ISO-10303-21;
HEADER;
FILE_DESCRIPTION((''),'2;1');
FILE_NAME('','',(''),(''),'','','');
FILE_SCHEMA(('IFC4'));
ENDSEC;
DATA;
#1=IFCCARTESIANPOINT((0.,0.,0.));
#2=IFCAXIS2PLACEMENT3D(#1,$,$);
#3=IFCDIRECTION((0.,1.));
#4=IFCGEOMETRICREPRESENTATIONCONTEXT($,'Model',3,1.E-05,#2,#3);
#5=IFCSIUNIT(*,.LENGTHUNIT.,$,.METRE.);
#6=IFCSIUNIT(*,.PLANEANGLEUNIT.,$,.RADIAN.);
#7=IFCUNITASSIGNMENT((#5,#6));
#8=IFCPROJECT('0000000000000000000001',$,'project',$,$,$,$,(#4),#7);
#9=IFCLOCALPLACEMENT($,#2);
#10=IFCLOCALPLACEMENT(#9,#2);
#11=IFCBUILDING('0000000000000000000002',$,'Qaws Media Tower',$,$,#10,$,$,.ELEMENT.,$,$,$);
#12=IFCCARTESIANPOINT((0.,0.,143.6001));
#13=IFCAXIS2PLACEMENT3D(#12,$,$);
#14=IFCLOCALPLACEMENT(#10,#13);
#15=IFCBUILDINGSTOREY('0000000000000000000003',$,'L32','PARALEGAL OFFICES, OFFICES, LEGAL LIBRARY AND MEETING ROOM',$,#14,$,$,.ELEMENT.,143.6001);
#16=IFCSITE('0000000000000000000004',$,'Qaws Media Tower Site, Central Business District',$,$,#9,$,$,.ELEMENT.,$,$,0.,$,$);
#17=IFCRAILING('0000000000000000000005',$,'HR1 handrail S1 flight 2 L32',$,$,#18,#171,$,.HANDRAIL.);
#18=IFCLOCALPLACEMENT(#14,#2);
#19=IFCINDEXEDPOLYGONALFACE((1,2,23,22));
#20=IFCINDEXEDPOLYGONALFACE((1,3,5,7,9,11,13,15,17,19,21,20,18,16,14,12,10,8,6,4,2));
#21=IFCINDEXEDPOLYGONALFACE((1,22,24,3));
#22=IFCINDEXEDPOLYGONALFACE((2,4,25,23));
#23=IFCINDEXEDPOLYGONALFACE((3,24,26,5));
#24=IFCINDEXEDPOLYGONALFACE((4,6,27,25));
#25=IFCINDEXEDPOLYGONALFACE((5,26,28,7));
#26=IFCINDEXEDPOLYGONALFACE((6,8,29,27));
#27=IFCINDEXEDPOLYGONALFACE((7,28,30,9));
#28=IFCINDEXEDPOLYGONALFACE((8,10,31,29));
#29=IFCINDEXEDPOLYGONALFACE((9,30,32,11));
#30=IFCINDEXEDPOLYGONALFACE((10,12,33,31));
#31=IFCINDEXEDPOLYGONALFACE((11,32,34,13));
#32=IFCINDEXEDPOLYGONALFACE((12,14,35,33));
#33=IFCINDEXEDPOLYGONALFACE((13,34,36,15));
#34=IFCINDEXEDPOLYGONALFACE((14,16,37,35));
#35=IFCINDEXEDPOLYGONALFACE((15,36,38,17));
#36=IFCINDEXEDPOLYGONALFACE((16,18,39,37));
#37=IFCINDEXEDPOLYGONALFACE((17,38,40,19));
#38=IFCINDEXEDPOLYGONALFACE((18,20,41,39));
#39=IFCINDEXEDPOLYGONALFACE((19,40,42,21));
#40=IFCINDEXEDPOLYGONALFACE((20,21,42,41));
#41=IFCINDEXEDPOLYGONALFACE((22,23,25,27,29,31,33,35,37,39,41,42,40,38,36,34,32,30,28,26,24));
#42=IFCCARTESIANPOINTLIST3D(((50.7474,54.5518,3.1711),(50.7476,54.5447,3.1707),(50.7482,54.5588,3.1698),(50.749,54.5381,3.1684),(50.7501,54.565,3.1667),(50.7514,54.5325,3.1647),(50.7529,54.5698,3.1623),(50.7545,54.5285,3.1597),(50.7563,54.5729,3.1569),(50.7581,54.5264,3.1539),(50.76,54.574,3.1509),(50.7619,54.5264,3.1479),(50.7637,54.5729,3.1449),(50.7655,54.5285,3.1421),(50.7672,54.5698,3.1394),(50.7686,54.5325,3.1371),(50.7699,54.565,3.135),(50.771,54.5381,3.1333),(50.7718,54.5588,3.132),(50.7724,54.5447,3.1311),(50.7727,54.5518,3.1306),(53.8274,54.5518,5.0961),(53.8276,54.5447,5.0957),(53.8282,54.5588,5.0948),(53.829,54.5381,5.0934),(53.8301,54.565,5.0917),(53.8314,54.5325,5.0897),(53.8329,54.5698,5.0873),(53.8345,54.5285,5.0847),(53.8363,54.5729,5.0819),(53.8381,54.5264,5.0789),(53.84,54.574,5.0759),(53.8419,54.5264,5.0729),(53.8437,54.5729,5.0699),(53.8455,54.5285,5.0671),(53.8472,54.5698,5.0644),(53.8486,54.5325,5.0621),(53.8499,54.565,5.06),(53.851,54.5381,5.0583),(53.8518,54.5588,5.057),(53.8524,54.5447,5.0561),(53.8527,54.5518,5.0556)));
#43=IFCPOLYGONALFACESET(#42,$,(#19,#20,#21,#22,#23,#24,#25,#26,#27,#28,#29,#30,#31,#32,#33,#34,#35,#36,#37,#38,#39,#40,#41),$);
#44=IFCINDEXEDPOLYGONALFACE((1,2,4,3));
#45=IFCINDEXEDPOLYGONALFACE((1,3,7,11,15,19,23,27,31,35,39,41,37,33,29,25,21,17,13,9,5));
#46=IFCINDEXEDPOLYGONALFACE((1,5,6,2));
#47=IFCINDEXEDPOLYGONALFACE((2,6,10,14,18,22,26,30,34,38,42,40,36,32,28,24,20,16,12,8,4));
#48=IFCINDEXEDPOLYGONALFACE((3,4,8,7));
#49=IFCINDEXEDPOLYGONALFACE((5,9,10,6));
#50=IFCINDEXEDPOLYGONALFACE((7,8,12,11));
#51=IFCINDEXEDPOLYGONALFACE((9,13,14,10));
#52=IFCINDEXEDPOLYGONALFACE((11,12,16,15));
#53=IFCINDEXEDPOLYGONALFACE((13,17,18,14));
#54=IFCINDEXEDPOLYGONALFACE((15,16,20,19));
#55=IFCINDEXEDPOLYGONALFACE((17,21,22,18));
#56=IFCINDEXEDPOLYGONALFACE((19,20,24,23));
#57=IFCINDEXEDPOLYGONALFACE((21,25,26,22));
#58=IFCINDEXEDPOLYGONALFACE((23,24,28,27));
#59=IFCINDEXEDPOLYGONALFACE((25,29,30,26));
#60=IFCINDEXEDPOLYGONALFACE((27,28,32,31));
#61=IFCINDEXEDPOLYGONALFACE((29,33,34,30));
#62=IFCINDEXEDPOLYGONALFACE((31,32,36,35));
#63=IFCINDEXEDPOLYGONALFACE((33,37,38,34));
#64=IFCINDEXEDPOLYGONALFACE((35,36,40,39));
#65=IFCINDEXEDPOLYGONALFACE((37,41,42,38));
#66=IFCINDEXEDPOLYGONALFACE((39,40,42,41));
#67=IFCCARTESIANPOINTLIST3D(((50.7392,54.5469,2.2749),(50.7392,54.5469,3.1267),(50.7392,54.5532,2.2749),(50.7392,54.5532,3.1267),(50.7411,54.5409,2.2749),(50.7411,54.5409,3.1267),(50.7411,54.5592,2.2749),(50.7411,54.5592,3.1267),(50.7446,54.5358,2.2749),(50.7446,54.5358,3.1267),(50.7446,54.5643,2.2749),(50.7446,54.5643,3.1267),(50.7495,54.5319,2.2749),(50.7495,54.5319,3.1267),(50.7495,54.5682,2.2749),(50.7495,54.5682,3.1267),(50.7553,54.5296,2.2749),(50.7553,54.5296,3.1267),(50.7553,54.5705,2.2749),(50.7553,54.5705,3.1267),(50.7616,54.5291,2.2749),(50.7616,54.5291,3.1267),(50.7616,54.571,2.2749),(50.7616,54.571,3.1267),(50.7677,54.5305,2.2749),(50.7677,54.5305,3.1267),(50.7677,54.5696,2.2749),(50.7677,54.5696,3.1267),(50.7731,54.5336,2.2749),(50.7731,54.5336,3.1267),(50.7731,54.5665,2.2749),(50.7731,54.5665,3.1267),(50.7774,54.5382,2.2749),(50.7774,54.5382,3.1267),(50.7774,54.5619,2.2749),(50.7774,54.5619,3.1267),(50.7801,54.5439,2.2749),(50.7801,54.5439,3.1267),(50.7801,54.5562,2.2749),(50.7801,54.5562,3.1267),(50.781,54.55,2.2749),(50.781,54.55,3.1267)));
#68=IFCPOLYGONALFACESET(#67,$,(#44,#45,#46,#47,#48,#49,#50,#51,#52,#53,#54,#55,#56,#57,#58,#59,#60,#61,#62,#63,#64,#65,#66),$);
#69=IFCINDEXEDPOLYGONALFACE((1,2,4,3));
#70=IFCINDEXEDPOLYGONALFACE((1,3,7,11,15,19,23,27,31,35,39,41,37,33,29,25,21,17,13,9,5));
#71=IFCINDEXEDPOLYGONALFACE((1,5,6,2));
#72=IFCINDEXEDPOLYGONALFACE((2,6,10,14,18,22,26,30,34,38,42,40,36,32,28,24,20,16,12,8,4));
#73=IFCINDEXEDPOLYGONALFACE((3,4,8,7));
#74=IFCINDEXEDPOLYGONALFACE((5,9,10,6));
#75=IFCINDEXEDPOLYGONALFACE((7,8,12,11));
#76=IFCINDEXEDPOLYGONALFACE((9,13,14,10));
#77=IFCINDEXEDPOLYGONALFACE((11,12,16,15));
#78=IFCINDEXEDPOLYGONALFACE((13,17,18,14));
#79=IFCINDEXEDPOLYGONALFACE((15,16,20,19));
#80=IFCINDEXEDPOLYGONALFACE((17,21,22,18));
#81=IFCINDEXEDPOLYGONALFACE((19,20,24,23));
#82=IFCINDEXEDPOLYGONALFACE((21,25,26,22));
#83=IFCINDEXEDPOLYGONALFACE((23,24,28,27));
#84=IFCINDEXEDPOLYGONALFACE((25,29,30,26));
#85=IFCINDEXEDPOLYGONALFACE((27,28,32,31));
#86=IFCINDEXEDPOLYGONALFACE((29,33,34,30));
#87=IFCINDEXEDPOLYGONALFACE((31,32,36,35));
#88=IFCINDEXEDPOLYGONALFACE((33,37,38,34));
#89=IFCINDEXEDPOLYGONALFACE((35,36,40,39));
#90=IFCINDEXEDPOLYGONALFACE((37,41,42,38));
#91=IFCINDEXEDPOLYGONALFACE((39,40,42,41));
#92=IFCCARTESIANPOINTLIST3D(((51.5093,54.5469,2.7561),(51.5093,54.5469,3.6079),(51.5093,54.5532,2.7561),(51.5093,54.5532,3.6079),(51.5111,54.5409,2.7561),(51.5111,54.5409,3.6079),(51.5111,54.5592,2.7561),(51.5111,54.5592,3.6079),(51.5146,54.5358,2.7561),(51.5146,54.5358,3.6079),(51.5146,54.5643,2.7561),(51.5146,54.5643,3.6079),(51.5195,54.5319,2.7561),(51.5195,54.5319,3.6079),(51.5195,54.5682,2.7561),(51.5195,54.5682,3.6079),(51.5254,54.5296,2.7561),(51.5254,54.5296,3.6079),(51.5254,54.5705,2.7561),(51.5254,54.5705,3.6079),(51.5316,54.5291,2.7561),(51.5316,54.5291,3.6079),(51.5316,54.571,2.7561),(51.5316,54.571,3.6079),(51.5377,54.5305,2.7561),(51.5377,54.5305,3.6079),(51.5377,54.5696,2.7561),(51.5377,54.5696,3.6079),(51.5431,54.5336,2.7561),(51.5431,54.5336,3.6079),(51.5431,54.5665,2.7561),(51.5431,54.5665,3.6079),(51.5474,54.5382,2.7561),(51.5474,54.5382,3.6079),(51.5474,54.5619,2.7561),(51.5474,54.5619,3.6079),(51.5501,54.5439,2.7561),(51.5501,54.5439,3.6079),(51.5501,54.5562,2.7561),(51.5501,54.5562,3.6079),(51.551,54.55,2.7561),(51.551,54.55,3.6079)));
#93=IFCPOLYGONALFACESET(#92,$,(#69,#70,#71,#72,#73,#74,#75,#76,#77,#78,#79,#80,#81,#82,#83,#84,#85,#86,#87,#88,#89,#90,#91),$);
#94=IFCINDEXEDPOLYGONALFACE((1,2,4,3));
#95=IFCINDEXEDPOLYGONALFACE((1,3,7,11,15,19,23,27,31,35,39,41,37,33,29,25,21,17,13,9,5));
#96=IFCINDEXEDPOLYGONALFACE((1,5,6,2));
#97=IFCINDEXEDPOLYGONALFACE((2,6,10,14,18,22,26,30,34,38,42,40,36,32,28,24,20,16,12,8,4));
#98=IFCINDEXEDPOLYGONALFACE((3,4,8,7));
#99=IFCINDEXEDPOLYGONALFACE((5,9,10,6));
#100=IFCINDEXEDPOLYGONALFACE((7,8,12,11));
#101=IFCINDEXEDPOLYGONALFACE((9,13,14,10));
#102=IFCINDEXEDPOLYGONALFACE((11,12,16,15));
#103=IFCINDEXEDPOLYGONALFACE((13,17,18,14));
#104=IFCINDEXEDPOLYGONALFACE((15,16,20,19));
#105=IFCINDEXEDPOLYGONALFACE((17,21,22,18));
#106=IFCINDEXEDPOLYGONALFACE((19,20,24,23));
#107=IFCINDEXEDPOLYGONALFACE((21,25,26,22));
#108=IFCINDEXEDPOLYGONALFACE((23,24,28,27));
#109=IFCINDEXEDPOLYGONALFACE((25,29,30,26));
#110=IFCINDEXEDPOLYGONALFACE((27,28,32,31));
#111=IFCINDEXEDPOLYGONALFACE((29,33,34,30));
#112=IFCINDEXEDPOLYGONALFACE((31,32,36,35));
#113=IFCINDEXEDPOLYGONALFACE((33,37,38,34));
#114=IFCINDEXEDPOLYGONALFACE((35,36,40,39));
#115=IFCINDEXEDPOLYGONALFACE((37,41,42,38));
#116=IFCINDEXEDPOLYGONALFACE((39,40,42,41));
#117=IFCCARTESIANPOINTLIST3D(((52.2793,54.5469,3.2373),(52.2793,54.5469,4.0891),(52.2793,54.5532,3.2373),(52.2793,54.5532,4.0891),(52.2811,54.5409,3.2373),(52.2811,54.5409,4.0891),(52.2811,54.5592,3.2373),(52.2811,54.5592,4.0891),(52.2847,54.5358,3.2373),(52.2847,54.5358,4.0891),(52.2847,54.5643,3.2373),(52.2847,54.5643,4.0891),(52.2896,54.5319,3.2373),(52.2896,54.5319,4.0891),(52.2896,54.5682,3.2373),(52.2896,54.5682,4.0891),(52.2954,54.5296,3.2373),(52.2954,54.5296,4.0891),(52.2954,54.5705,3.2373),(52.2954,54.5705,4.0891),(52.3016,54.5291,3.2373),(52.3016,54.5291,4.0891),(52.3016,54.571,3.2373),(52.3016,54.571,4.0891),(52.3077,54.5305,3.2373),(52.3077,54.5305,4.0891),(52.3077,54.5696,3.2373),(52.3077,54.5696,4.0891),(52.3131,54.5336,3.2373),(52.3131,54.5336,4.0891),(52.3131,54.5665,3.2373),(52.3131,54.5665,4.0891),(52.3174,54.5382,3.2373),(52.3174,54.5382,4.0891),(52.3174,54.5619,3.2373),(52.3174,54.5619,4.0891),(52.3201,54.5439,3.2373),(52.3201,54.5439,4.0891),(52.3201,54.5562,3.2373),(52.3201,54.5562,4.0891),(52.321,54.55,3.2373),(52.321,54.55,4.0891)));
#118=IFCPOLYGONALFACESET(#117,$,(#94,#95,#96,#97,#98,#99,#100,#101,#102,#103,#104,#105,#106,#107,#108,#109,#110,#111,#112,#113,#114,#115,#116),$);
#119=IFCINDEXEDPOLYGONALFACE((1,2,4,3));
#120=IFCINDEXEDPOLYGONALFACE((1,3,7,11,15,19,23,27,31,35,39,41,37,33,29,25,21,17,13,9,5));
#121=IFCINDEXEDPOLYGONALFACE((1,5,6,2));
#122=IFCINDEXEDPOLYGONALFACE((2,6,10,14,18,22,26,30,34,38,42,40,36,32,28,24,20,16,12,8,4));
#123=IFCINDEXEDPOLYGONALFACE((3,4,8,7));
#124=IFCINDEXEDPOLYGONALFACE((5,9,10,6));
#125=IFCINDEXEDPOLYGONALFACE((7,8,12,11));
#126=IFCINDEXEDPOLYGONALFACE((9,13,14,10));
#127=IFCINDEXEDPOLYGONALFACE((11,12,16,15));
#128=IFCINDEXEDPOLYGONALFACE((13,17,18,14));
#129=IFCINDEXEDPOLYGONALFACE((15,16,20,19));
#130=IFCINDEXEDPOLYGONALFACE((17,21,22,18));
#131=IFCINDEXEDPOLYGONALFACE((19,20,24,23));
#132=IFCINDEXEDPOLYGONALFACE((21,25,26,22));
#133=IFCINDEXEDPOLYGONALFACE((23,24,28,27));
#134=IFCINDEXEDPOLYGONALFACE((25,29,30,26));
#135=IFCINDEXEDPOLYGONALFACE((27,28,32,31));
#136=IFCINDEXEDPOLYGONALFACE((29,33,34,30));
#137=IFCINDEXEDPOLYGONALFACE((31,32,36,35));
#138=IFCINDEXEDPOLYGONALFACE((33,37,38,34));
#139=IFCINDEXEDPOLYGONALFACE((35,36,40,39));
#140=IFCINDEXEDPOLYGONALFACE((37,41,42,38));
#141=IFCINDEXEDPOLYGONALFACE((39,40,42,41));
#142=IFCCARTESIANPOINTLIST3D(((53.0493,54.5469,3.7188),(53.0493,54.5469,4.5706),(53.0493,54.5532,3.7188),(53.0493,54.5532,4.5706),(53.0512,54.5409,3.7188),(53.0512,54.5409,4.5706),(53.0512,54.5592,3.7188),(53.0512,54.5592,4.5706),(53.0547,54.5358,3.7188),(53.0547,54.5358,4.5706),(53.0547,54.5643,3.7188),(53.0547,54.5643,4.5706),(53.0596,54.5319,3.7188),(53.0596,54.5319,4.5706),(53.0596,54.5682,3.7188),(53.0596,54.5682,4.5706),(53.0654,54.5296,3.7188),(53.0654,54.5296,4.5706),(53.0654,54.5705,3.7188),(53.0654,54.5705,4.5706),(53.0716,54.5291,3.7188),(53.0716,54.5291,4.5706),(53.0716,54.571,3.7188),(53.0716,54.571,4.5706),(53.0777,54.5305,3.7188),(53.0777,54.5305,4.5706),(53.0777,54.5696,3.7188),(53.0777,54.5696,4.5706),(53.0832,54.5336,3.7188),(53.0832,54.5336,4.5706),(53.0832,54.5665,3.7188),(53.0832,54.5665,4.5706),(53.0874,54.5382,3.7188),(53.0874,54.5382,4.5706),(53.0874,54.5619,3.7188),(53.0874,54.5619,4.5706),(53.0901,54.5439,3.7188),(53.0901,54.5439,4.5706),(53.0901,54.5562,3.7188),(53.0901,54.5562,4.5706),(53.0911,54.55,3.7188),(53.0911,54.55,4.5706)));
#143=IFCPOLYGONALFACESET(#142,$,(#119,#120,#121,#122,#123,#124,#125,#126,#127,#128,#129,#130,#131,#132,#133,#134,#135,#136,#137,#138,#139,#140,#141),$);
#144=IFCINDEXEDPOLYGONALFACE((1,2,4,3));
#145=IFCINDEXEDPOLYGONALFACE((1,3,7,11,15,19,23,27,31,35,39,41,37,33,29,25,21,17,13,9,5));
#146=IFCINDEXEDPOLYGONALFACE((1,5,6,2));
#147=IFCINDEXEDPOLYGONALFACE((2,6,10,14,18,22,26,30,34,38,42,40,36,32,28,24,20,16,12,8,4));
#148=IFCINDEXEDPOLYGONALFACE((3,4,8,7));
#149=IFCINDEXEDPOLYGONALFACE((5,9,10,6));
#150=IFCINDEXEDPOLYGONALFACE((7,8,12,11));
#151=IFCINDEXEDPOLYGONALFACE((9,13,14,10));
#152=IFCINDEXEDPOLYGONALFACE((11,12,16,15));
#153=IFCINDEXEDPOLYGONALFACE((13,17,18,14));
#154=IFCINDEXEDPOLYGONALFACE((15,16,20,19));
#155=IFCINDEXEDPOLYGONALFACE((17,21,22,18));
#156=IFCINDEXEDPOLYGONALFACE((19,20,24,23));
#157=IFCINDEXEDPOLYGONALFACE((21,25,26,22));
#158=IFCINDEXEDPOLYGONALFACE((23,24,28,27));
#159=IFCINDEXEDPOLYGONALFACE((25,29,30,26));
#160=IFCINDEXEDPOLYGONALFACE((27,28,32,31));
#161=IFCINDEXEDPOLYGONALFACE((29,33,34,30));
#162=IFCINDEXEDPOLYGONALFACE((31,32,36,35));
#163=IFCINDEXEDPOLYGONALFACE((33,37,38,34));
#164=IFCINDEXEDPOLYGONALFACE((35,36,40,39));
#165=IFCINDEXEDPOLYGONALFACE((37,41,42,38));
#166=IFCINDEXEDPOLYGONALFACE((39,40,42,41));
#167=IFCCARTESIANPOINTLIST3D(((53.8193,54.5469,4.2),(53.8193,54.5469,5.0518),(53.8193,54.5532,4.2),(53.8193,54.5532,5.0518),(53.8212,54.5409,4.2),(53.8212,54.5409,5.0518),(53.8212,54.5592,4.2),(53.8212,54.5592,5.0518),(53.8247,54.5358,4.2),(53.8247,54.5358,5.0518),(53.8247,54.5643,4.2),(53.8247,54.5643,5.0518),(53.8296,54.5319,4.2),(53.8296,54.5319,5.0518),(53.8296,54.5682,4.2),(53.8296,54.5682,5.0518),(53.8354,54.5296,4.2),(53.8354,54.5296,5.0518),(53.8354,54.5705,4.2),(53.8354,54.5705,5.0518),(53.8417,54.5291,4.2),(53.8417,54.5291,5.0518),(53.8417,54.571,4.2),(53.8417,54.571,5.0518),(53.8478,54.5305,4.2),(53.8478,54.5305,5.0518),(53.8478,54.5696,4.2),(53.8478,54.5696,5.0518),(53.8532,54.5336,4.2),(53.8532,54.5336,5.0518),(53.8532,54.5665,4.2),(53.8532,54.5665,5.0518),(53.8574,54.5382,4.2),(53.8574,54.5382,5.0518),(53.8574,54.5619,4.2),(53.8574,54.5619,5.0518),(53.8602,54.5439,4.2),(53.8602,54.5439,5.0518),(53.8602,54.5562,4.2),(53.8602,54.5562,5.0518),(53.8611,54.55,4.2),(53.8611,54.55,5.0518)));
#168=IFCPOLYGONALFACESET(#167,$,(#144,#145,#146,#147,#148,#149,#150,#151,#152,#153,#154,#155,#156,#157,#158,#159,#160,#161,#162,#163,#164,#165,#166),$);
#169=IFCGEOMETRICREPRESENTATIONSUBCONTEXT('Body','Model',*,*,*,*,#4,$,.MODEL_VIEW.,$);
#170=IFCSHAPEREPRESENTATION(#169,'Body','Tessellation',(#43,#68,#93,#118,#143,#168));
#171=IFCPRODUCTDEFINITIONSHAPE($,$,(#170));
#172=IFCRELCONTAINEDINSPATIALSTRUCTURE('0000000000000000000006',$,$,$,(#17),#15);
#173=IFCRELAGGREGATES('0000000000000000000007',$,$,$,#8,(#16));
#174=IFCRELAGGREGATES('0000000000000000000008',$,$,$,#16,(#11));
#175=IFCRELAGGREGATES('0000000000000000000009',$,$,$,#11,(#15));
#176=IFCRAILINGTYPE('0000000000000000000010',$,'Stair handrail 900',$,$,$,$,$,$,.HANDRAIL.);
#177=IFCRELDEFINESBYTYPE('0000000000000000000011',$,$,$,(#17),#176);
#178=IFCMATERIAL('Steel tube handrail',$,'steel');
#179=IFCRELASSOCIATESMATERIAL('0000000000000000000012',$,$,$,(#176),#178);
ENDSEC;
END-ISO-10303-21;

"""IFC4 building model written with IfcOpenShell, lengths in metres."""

from ifc_helpers import new_model, si_unit, direction, frame, origin, origin_2d, place, context, subcontext, project, spatial, circle, extrude, material, type_object, element, save


model = new_model("IFC4")

# Units and contexts
model_context = context("Model", 3, precision=1e-05, world=origin(), true_north=direction((0.0, 1.0)))
body_context = subcontext(model_context, "Body", "Model", "MODEL_VIEW")
ifc_project = project(units=[si_unit("LENGTHUNIT", "METRE"), si_unit("PLANEANGLEUNIT", "RADIAN")], contexts=[model_context])

# Site, building, storey
site_placement = place(None, origin())
site = spatial("IfcSite", under=ifc_project, at=site_placement, Name="Qaws Media Tower Site, Central Business District", CompositionType="ELEMENT", RefElevation=0.0)
building_placement = place(site_placement, origin())
building = spatial("IfcBuilding", under=site, at=building_placement, Name="Qaws Media Tower", CompositionType="ELEMENT")
storey_placement = place(building_placement, frame((0.0, 0.0, 143.6001)))
storey = spatial("IfcBuildingStorey", under=building, at=storey_placement, Name="L32", Description="PARALEGAL OFFICES, OFFICES, LEGAL LIBRARY AND MEETING ROOM", CompositionType="ELEMENT", Elevation=143.6001)

# Railing
ifc_material_1 = material(Name="Steel tube handrail", Category="steel")
railing_type = type_object("IfcRailingType", Name="Stair handrail 900", PredefinedType="HANDRAIL", material=ifc_material_1)
for number, where, name in (
    (1, (50.76, 54.55, 2.2749), "HR1 handrail S1 flight 2 L32"),
):
    element("IfcRailing", number, at=place(storey_placement, frame(where)), inside=storey, type_object=railing_type, Name=name, PredefinedType="HANDRAIL", context=body_context, shape_type="SweptSolid", body=[
        extrude(circle(Radius=0.0239, at=origin_2d()), frame((0.0, 0.0, 0.876), z_axis=(0.847998, 0.0, 0.529999), x_axis=(0.0, 1.0, 0.0)), (0.0, 0.0, 1.0), 3.6321),
        extrude(circle(Radius=0.021, at=origin_2d()), origin(), (0.0, 0.0, 1.0), 0.8518),
        extrude(circle(Radius=0.021, at=origin_2d()), frame((0.77, 0.0, 0.4812)), (0.0, 0.0, 1.0), 0.8518),
        extrude(circle(Radius=0.021, at=origin_2d()), frame((1.54, 0.0, 0.9624)), (0.0, 0.0, 1.0), 0.8518),
        extrude(circle(Radius=0.021, at=origin_2d()), frame((2.3101, 0.0, 1.4438)), (0.0, 0.0, 1.0), 0.8518),
        extrude(circle(Radius=0.021, at=origin_2d()), frame((3.0801, 0.0, 1.925)), (0.0, 0.0, 1.0), 0.8518),
    ])

save(model, "model.ifc")
